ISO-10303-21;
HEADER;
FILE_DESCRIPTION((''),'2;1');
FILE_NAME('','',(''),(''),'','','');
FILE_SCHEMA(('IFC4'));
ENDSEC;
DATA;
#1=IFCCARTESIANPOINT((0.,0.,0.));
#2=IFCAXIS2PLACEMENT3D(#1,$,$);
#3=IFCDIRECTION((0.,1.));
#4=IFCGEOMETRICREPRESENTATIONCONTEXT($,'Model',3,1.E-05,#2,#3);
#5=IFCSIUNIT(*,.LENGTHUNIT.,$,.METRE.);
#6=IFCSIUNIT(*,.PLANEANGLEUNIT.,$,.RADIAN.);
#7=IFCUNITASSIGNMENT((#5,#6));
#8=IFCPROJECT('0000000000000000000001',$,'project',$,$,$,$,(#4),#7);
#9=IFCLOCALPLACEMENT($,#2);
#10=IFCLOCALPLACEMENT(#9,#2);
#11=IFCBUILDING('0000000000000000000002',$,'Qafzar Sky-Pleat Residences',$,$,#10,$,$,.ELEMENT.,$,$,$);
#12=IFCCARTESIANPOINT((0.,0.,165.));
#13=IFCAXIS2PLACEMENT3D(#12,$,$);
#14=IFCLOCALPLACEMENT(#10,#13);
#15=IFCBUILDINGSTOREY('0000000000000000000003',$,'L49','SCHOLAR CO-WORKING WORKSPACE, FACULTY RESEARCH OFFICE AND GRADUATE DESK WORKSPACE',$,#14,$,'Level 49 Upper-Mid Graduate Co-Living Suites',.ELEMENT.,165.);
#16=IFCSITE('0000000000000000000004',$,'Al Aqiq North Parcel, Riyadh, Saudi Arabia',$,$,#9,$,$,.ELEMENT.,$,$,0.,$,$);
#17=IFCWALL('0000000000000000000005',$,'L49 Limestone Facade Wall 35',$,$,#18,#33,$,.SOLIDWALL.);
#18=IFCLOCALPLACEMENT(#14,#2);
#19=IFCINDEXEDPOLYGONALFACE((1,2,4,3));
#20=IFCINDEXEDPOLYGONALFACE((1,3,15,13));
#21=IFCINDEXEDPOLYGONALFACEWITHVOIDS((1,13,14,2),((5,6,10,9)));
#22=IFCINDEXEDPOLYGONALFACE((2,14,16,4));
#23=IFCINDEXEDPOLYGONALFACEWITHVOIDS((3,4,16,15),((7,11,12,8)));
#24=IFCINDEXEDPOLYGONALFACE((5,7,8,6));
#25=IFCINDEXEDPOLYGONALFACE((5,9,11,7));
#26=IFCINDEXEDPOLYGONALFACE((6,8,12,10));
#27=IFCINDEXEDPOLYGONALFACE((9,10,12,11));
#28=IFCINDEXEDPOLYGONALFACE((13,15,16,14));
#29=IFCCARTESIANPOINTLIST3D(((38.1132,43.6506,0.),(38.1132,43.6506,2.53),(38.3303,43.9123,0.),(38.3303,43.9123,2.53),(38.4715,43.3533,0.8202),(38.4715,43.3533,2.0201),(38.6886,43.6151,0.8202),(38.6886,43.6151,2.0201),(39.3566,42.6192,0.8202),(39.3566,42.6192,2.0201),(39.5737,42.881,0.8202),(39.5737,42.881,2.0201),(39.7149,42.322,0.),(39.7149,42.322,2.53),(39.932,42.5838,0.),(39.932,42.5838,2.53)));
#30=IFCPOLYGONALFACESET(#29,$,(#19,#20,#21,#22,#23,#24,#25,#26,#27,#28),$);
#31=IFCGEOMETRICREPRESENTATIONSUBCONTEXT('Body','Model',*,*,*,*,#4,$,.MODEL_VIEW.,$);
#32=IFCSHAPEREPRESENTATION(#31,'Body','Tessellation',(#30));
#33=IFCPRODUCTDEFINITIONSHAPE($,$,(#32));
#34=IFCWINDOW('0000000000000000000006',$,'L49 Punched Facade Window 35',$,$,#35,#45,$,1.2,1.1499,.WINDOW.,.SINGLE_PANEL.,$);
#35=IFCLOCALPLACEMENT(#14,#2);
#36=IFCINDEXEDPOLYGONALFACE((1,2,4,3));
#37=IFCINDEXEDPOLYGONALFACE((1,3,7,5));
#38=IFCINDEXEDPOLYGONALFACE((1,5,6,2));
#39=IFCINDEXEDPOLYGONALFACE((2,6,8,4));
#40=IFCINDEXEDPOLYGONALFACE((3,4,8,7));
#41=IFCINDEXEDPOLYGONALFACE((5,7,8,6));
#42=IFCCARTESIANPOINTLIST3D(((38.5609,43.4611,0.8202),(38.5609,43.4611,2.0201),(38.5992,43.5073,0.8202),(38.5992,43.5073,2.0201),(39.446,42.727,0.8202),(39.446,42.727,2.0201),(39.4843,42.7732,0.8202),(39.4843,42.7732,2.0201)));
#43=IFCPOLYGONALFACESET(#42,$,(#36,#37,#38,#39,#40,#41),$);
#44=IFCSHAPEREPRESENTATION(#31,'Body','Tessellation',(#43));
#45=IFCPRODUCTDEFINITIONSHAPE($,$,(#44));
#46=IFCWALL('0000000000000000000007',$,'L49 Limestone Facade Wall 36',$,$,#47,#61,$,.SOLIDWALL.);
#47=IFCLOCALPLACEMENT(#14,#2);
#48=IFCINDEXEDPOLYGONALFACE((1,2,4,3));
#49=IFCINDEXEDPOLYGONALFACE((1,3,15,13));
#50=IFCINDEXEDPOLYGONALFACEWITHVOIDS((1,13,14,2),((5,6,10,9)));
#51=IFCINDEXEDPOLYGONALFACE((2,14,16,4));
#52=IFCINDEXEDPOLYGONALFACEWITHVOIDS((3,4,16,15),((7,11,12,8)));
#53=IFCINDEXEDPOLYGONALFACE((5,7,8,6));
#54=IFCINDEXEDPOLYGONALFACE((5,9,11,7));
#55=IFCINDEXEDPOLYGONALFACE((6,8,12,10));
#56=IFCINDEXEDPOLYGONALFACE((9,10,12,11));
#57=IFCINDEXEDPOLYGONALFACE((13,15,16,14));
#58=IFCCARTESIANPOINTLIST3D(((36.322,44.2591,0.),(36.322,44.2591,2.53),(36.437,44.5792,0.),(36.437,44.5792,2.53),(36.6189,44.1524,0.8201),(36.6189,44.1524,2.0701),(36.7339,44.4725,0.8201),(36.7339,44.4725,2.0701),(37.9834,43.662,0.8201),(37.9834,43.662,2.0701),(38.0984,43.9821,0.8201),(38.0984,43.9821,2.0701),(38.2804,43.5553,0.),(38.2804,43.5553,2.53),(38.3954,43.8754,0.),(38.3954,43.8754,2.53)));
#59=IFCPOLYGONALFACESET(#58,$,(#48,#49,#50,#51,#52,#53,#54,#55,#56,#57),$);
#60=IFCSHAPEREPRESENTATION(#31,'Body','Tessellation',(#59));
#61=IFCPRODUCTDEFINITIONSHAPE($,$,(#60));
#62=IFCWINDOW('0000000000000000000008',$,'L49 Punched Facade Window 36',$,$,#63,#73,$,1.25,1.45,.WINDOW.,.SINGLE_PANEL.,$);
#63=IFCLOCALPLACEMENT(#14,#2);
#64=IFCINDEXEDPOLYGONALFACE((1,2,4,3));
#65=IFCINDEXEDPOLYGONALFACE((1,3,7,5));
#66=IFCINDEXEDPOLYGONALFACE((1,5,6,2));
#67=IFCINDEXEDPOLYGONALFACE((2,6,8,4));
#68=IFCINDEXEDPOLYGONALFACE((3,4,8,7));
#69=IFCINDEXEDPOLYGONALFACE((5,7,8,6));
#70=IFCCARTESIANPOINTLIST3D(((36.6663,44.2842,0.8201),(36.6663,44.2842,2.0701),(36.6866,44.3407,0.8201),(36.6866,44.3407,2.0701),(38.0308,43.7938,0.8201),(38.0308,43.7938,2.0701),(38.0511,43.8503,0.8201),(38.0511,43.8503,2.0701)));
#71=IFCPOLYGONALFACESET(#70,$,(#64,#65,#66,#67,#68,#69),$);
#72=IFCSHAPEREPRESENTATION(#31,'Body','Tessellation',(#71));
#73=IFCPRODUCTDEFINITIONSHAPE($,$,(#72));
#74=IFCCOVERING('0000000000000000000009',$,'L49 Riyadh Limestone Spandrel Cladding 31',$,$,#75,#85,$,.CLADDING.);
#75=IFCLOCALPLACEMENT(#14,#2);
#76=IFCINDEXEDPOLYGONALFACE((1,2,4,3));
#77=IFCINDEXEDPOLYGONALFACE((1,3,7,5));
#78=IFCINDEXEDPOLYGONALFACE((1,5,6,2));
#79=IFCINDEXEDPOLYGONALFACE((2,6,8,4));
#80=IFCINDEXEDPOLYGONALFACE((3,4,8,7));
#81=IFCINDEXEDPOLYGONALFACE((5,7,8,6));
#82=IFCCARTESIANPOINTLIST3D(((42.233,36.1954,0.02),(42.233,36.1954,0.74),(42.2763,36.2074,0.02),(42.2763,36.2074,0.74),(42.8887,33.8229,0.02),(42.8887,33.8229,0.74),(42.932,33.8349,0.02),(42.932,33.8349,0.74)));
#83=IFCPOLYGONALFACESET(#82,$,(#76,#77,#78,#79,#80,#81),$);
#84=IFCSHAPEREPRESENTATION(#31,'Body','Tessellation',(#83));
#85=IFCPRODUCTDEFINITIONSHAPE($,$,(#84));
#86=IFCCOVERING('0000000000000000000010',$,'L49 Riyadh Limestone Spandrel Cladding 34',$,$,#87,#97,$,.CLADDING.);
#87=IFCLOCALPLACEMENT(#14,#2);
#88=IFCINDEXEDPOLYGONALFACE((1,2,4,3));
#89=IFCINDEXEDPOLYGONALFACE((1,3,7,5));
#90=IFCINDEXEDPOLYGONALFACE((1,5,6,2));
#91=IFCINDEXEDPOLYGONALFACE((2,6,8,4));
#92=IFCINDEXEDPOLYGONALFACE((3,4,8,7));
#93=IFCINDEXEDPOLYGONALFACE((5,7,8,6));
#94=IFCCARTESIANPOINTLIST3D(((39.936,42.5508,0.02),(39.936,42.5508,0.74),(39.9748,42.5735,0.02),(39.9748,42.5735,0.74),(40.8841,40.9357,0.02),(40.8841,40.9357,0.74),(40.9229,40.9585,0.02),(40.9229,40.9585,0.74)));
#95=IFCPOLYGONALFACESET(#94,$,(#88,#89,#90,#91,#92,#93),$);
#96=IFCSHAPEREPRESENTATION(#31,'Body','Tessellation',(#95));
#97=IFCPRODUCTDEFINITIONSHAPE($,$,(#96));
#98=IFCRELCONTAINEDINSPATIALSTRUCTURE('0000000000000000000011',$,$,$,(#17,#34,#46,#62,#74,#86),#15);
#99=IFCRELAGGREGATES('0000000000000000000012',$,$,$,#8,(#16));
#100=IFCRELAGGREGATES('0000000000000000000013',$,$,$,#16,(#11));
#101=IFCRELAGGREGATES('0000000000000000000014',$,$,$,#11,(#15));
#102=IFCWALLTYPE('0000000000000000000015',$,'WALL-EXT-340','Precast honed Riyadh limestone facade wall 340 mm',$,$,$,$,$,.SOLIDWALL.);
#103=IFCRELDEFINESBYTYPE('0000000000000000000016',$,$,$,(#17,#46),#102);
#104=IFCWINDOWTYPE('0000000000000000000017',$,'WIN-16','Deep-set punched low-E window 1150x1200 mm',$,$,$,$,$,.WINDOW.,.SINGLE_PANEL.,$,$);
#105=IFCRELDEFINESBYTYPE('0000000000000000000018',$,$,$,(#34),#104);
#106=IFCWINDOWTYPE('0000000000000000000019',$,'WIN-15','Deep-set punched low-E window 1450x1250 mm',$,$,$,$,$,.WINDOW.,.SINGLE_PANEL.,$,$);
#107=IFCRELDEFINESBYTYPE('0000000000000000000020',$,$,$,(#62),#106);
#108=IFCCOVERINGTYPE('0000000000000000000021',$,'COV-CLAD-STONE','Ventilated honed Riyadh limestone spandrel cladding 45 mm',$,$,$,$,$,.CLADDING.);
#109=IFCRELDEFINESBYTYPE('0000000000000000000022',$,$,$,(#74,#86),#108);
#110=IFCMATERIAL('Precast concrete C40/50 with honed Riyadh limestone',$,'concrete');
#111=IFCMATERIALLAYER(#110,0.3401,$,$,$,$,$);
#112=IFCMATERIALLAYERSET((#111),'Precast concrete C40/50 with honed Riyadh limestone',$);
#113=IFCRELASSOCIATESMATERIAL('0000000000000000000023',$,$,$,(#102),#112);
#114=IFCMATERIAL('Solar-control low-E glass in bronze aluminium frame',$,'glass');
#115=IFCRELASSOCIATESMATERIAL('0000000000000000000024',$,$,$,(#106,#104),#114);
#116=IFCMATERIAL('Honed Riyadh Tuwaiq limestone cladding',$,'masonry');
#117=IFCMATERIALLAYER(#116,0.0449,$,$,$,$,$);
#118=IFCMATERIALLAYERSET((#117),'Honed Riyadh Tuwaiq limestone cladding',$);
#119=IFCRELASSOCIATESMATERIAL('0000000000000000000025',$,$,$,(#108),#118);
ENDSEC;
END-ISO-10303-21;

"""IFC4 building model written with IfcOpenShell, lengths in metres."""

from ifc_helpers import new_model, si_unit, direction, frame, frame_2d, origin, origin_2d, place, context, subcontext, project, spatial, rectangle, extrude, source, transform, mapped, material, layer, layer_set, type_object, element, fill, save


model = new_model("IFC4")

# Units and contexts
model_context = context("Model", 3, precision=1e-05, world=origin(), true_north=direction((0.0, 1.0)))
body_context = subcontext(model_context, "Body", "Model", "MODEL_VIEW")
ifc_project = project(units=[si_unit("LENGTHUNIT", "METRE"), si_unit("PLANEANGLEUNIT", "RADIAN")], contexts=[model_context])

# Site, building, storey
site_placement = place(None, origin())
site = spatial("IfcSite", under=ifc_project, at=site_placement, Name="Al Aqiq North Parcel, Riyadh, Saudi Arabia", CompositionType="ELEMENT", RefElevation=0.0)
building_placement = place(site_placement, origin())
building = spatial("IfcBuilding", under=site, at=building_placement, Name="Qafzar Sky-Pleat Residences", CompositionType="ELEMENT")
storey_placement = place(building_placement, frame((0.0, 0.0, 165.0)))
storey = spatial("IfcBuildingStorey", under=building, at=storey_placement, Name="L49", Description="SCHOLAR CO-WORKING WORKSPACE, FACULTY RESEARCH OFFICE AND GRADUATE DESK WORKSPACE", LongName="Level 49 Upper-Mid Graduate Co-Living Suites", CompositionType="ELEMENT", Elevation=165.0)

# Shared definitions
ifc_material_1 = material(Name="Precast concrete C40/50 with honed Riyadh limestone", Category="concrete")
ifc_layer_1 = layer(ifc_material_1, 0.3401)
ifc_layer_set_1 = layer_set([ifc_layer_1], Name="Precast concrete C40/50 with honed Riyadh limestone")
wall_type_1 = type_object("IfcWallType", Name="WALL-EXT-340", Description="Precast honed Riyadh limestone facade wall 340 mm", PredefinedType="SOLIDWALL", material=ifc_layer_set_1)
ifc_material_2 = material(Name="Solar-control low-E glass in bronze aluminium frame", Category="glass")
window_type_1 = type_object("IfcWindowType", Name="WIN-15", Description="Deep-set punched low-E window 1450x1250 mm", PartitioningType="SINGLE_PANEL", PredefinedType="WINDOW", material=ifc_material_2)
shared_shape_1 = source(origin(), body_context, "Body", "SweptSolid", [
    extrude(rectangle(XDim=1.45, YDim=1.25, at=frame_2d((0.7251, 0.625))), frame((0.0, 0.03, 0.0), z_axis=(0.0, -1.0, 0.0), x_axis=(1.0, 0.0, 0.0)), (0.0, 0.0, 1.0), 0.0601),
])

# Walls, openings, windows
wall_1_placement = place(storey_placement, frame((39.8235, 42.4529, 0.0), z_axis=(0.0, 0.0, 1.0), x_axis=(-0.76969, 0.638417, 0.0)))
wall_1 = element("IfcWall", 1, at=wall_1_placement, inside=storey, type_object=wall_type_1, Name="L49 Limestone Facade Wall 35", PredefinedType="SOLIDWALL", context=body_context, shape_type="SweptSolid", body=[
    extrude(rectangle(XDim=2.0811, YDim=0.3401, at=frame_2d((1.0405, 0.0))), origin(), (0.0, 0.0, 1.0), 2.53),
])
opening_1_placement = place(wall_1_placement, frame((0.4656, 0.0, 0.8201)))
opening_1 = element("IfcOpeningElement", 2, at=opening_1_placement, cuts=wall_1, PredefinedType="OPENING", context=body_context, shape_type="SweptSolid", body=[
    extrude(rectangle(XDim=1.1499, YDim=1.2, at=frame_2d((0.575, 0.6001))), frame((0.0, 0.1802, 0.0), z_axis=(0.0, -1.0, 0.0), x_axis=(1.0, 0.0, 0.0)), (0.0, 0.0, 1.0), 0.3601),
])
window_type_2 = type_object("IfcWindowType", Name="WIN-16", Description="Deep-set punched low-E window 1150x1200 mm", PartitioningType="SINGLE_PANEL", PredefinedType="WINDOW", material=ifc_material_2)
shared_shape_2 = source(origin(), body_context, "Body", "SweptSolid", [
    extrude(rectangle(XDim=1.1499, YDim=1.2, at=frame_2d((0.575, 0.6001))), frame((0.0, 0.03, 0.0), z_axis=(0.0, -1.0, 0.0), x_axis=(1.0, 0.0, 0.0)), (0.0, 0.0, 1.0), 0.0601),
])
window_1_placement = place(opening_1_placement, origin())
window_1 = element("IfcWindow", 3, at=window_1_placement, inside=storey, type_object=window_type_2, Name="L49 Punched Facade Window 35", OverallHeight=1.2, OverallWidth=1.1499, PartitioningType="SINGLE_PANEL", PredefinedType="WINDOW", context=body_context, shape_type="MappedRepresentation", body=[
    mapped(shared_shape_2, transform((0.0, 0.0, 0.0), x_axis=(1.0, 0.0, 0.0), y_axis=(0.0, 1.0, 0.0), z_axis=(0.0, 0.0, 1.0), scale=1.0)),
])
fill(opening_1, window_1)
wall_2_placement = place(storey_placement, frame((38.3379, 43.7153, 0.0), z_axis=(0.0, 0.0, 1.0), x_axis=(-0.941071, 0.338208, 0.0)))
wall_2 = element("IfcWall", 4, at=wall_2_placement, inside=storey, type_object=wall_type_1, Name="L49 Limestone Facade Wall 36", PredefinedType="SOLIDWALL", context=body_context, shape_type="SweptSolid", body=[
    extrude(rectangle(XDim=2.0811, YDim=0.3401, at=frame_2d((1.0405, 0.0))), origin(), (0.0, 0.0, 1.0), 2.53),
])
opening_2_placement = place(wall_2_placement, frame((0.3154, 0.0, 0.8201)))
opening_2 = element("IfcOpeningElement", 5, at=opening_2_placement, cuts=wall_2, PredefinedType="OPENING", context=body_context, shape_type="SweptSolid", body=[
    extrude(rectangle(XDim=1.45, YDim=1.25, at=frame_2d((0.7251, 0.625))), frame((0.0, 0.1802, 0.0), z_axis=(0.0, -1.0, 0.0), x_axis=(1.0, 0.0, 0.0)), (0.0, 0.0, 1.0), 0.3601),
])
window_2_placement = place(opening_2_placement, origin())
window_2 = element("IfcWindow", 6, at=window_2_placement, inside=storey, type_object=window_type_1, Name="L49 Punched Facade Window 36", OverallHeight=1.25, OverallWidth=1.45, PartitioningType="SINGLE_PANEL", PredefinedType="WINDOW", context=body_context, shape_type="MappedRepresentation", body=[
    mapped(shared_shape_1, transform((0.0, 0.0, 0.0), x_axis=(1.0, 0.0, 0.0), y_axis=(0.0, 1.0, 0.0), z_axis=(0.0, 0.0, 1.0), scale=1.0)),
])
fill(opening_2, window_2)

# Coverings
ifc_material_3 = material(Name="Honed Riyadh Tuwaiq limestone cladding", Category="masonry")
ifc_layer_2 = layer(ifc_material_3, 0.0449)
ifc_layer_set_2 = layer_set([ifc_layer_2], Name="Honed Riyadh Tuwaiq limestone cladding")
covering_type = type_object("IfcCoveringType", Name="COV-CLAD-STONE", Description="Ventilated honed Riyadh limestone spandrel cladding 45 mm", PredefinedType="CLADDING", material=ifc_layer_set_2)
shared_shape_3 = source(origin(), body_context, "Body", "SweptSolid", [
    extrude(rectangle(XDim=2.4614, YDim=0.0449, at=origin_2d()), origin(), (0.0, 0.0, 1.0), 0.72),
])
covering_1_placement = place(storey_placement, frame((42.5825, 35.0151, 0.02), z_axis=(0.0, 0.0, 1.0), x_axis=(-0.266414, 0.963859, 0.0)))
element("IfcCovering", 7, at=covering_1_placement, inside=storey, type_object=covering_type, Name="L49 Riyadh Limestone Spandrel Cladding 31", PredefinedType="CLADDING", context=body_context, shape_type="MappedRepresentation", body=[
    mapped(shared_shape_3, transform((0.0, 0.0, 0.0), x_axis=(1.0, 0.0, 0.0), y_axis=(0.0, 1.0, 0.0), z_axis=(0.0, 0.0, 1.0), scale=1.0)),
])
shared_shape_4 = source(origin(), body_context, "Body", "SweptSolid", [
    extrude(rectangle(XDim=1.8728, YDim=0.0449, at=origin_2d()), origin(), (0.0, 0.0, 1.0), 0.72),
])
covering_2_placement = place(storey_placement, frame((40.4294, 41.7546, 0.02), z_axis=(0.0, 0.0, 1.0), x_axis=(-0.506253, 0.862385, 0.0)))
element("IfcCovering", 8, at=covering_2_placement, inside=storey, type_object=covering_type, Name="L49 Riyadh Limestone Spandrel Cladding 34", PredefinedType="CLADDING", context=body_context, shape_type="MappedRepresentation", body=[
    mapped(shared_shape_4, transform((0.0, 0.0, 0.0), x_axis=(1.0, 0.0, 0.0), y_axis=(0.0, 1.0, 0.0), z_axis=(0.0, 0.0, 1.0), scale=1.0)),
])

save(model, "model.ifc")
